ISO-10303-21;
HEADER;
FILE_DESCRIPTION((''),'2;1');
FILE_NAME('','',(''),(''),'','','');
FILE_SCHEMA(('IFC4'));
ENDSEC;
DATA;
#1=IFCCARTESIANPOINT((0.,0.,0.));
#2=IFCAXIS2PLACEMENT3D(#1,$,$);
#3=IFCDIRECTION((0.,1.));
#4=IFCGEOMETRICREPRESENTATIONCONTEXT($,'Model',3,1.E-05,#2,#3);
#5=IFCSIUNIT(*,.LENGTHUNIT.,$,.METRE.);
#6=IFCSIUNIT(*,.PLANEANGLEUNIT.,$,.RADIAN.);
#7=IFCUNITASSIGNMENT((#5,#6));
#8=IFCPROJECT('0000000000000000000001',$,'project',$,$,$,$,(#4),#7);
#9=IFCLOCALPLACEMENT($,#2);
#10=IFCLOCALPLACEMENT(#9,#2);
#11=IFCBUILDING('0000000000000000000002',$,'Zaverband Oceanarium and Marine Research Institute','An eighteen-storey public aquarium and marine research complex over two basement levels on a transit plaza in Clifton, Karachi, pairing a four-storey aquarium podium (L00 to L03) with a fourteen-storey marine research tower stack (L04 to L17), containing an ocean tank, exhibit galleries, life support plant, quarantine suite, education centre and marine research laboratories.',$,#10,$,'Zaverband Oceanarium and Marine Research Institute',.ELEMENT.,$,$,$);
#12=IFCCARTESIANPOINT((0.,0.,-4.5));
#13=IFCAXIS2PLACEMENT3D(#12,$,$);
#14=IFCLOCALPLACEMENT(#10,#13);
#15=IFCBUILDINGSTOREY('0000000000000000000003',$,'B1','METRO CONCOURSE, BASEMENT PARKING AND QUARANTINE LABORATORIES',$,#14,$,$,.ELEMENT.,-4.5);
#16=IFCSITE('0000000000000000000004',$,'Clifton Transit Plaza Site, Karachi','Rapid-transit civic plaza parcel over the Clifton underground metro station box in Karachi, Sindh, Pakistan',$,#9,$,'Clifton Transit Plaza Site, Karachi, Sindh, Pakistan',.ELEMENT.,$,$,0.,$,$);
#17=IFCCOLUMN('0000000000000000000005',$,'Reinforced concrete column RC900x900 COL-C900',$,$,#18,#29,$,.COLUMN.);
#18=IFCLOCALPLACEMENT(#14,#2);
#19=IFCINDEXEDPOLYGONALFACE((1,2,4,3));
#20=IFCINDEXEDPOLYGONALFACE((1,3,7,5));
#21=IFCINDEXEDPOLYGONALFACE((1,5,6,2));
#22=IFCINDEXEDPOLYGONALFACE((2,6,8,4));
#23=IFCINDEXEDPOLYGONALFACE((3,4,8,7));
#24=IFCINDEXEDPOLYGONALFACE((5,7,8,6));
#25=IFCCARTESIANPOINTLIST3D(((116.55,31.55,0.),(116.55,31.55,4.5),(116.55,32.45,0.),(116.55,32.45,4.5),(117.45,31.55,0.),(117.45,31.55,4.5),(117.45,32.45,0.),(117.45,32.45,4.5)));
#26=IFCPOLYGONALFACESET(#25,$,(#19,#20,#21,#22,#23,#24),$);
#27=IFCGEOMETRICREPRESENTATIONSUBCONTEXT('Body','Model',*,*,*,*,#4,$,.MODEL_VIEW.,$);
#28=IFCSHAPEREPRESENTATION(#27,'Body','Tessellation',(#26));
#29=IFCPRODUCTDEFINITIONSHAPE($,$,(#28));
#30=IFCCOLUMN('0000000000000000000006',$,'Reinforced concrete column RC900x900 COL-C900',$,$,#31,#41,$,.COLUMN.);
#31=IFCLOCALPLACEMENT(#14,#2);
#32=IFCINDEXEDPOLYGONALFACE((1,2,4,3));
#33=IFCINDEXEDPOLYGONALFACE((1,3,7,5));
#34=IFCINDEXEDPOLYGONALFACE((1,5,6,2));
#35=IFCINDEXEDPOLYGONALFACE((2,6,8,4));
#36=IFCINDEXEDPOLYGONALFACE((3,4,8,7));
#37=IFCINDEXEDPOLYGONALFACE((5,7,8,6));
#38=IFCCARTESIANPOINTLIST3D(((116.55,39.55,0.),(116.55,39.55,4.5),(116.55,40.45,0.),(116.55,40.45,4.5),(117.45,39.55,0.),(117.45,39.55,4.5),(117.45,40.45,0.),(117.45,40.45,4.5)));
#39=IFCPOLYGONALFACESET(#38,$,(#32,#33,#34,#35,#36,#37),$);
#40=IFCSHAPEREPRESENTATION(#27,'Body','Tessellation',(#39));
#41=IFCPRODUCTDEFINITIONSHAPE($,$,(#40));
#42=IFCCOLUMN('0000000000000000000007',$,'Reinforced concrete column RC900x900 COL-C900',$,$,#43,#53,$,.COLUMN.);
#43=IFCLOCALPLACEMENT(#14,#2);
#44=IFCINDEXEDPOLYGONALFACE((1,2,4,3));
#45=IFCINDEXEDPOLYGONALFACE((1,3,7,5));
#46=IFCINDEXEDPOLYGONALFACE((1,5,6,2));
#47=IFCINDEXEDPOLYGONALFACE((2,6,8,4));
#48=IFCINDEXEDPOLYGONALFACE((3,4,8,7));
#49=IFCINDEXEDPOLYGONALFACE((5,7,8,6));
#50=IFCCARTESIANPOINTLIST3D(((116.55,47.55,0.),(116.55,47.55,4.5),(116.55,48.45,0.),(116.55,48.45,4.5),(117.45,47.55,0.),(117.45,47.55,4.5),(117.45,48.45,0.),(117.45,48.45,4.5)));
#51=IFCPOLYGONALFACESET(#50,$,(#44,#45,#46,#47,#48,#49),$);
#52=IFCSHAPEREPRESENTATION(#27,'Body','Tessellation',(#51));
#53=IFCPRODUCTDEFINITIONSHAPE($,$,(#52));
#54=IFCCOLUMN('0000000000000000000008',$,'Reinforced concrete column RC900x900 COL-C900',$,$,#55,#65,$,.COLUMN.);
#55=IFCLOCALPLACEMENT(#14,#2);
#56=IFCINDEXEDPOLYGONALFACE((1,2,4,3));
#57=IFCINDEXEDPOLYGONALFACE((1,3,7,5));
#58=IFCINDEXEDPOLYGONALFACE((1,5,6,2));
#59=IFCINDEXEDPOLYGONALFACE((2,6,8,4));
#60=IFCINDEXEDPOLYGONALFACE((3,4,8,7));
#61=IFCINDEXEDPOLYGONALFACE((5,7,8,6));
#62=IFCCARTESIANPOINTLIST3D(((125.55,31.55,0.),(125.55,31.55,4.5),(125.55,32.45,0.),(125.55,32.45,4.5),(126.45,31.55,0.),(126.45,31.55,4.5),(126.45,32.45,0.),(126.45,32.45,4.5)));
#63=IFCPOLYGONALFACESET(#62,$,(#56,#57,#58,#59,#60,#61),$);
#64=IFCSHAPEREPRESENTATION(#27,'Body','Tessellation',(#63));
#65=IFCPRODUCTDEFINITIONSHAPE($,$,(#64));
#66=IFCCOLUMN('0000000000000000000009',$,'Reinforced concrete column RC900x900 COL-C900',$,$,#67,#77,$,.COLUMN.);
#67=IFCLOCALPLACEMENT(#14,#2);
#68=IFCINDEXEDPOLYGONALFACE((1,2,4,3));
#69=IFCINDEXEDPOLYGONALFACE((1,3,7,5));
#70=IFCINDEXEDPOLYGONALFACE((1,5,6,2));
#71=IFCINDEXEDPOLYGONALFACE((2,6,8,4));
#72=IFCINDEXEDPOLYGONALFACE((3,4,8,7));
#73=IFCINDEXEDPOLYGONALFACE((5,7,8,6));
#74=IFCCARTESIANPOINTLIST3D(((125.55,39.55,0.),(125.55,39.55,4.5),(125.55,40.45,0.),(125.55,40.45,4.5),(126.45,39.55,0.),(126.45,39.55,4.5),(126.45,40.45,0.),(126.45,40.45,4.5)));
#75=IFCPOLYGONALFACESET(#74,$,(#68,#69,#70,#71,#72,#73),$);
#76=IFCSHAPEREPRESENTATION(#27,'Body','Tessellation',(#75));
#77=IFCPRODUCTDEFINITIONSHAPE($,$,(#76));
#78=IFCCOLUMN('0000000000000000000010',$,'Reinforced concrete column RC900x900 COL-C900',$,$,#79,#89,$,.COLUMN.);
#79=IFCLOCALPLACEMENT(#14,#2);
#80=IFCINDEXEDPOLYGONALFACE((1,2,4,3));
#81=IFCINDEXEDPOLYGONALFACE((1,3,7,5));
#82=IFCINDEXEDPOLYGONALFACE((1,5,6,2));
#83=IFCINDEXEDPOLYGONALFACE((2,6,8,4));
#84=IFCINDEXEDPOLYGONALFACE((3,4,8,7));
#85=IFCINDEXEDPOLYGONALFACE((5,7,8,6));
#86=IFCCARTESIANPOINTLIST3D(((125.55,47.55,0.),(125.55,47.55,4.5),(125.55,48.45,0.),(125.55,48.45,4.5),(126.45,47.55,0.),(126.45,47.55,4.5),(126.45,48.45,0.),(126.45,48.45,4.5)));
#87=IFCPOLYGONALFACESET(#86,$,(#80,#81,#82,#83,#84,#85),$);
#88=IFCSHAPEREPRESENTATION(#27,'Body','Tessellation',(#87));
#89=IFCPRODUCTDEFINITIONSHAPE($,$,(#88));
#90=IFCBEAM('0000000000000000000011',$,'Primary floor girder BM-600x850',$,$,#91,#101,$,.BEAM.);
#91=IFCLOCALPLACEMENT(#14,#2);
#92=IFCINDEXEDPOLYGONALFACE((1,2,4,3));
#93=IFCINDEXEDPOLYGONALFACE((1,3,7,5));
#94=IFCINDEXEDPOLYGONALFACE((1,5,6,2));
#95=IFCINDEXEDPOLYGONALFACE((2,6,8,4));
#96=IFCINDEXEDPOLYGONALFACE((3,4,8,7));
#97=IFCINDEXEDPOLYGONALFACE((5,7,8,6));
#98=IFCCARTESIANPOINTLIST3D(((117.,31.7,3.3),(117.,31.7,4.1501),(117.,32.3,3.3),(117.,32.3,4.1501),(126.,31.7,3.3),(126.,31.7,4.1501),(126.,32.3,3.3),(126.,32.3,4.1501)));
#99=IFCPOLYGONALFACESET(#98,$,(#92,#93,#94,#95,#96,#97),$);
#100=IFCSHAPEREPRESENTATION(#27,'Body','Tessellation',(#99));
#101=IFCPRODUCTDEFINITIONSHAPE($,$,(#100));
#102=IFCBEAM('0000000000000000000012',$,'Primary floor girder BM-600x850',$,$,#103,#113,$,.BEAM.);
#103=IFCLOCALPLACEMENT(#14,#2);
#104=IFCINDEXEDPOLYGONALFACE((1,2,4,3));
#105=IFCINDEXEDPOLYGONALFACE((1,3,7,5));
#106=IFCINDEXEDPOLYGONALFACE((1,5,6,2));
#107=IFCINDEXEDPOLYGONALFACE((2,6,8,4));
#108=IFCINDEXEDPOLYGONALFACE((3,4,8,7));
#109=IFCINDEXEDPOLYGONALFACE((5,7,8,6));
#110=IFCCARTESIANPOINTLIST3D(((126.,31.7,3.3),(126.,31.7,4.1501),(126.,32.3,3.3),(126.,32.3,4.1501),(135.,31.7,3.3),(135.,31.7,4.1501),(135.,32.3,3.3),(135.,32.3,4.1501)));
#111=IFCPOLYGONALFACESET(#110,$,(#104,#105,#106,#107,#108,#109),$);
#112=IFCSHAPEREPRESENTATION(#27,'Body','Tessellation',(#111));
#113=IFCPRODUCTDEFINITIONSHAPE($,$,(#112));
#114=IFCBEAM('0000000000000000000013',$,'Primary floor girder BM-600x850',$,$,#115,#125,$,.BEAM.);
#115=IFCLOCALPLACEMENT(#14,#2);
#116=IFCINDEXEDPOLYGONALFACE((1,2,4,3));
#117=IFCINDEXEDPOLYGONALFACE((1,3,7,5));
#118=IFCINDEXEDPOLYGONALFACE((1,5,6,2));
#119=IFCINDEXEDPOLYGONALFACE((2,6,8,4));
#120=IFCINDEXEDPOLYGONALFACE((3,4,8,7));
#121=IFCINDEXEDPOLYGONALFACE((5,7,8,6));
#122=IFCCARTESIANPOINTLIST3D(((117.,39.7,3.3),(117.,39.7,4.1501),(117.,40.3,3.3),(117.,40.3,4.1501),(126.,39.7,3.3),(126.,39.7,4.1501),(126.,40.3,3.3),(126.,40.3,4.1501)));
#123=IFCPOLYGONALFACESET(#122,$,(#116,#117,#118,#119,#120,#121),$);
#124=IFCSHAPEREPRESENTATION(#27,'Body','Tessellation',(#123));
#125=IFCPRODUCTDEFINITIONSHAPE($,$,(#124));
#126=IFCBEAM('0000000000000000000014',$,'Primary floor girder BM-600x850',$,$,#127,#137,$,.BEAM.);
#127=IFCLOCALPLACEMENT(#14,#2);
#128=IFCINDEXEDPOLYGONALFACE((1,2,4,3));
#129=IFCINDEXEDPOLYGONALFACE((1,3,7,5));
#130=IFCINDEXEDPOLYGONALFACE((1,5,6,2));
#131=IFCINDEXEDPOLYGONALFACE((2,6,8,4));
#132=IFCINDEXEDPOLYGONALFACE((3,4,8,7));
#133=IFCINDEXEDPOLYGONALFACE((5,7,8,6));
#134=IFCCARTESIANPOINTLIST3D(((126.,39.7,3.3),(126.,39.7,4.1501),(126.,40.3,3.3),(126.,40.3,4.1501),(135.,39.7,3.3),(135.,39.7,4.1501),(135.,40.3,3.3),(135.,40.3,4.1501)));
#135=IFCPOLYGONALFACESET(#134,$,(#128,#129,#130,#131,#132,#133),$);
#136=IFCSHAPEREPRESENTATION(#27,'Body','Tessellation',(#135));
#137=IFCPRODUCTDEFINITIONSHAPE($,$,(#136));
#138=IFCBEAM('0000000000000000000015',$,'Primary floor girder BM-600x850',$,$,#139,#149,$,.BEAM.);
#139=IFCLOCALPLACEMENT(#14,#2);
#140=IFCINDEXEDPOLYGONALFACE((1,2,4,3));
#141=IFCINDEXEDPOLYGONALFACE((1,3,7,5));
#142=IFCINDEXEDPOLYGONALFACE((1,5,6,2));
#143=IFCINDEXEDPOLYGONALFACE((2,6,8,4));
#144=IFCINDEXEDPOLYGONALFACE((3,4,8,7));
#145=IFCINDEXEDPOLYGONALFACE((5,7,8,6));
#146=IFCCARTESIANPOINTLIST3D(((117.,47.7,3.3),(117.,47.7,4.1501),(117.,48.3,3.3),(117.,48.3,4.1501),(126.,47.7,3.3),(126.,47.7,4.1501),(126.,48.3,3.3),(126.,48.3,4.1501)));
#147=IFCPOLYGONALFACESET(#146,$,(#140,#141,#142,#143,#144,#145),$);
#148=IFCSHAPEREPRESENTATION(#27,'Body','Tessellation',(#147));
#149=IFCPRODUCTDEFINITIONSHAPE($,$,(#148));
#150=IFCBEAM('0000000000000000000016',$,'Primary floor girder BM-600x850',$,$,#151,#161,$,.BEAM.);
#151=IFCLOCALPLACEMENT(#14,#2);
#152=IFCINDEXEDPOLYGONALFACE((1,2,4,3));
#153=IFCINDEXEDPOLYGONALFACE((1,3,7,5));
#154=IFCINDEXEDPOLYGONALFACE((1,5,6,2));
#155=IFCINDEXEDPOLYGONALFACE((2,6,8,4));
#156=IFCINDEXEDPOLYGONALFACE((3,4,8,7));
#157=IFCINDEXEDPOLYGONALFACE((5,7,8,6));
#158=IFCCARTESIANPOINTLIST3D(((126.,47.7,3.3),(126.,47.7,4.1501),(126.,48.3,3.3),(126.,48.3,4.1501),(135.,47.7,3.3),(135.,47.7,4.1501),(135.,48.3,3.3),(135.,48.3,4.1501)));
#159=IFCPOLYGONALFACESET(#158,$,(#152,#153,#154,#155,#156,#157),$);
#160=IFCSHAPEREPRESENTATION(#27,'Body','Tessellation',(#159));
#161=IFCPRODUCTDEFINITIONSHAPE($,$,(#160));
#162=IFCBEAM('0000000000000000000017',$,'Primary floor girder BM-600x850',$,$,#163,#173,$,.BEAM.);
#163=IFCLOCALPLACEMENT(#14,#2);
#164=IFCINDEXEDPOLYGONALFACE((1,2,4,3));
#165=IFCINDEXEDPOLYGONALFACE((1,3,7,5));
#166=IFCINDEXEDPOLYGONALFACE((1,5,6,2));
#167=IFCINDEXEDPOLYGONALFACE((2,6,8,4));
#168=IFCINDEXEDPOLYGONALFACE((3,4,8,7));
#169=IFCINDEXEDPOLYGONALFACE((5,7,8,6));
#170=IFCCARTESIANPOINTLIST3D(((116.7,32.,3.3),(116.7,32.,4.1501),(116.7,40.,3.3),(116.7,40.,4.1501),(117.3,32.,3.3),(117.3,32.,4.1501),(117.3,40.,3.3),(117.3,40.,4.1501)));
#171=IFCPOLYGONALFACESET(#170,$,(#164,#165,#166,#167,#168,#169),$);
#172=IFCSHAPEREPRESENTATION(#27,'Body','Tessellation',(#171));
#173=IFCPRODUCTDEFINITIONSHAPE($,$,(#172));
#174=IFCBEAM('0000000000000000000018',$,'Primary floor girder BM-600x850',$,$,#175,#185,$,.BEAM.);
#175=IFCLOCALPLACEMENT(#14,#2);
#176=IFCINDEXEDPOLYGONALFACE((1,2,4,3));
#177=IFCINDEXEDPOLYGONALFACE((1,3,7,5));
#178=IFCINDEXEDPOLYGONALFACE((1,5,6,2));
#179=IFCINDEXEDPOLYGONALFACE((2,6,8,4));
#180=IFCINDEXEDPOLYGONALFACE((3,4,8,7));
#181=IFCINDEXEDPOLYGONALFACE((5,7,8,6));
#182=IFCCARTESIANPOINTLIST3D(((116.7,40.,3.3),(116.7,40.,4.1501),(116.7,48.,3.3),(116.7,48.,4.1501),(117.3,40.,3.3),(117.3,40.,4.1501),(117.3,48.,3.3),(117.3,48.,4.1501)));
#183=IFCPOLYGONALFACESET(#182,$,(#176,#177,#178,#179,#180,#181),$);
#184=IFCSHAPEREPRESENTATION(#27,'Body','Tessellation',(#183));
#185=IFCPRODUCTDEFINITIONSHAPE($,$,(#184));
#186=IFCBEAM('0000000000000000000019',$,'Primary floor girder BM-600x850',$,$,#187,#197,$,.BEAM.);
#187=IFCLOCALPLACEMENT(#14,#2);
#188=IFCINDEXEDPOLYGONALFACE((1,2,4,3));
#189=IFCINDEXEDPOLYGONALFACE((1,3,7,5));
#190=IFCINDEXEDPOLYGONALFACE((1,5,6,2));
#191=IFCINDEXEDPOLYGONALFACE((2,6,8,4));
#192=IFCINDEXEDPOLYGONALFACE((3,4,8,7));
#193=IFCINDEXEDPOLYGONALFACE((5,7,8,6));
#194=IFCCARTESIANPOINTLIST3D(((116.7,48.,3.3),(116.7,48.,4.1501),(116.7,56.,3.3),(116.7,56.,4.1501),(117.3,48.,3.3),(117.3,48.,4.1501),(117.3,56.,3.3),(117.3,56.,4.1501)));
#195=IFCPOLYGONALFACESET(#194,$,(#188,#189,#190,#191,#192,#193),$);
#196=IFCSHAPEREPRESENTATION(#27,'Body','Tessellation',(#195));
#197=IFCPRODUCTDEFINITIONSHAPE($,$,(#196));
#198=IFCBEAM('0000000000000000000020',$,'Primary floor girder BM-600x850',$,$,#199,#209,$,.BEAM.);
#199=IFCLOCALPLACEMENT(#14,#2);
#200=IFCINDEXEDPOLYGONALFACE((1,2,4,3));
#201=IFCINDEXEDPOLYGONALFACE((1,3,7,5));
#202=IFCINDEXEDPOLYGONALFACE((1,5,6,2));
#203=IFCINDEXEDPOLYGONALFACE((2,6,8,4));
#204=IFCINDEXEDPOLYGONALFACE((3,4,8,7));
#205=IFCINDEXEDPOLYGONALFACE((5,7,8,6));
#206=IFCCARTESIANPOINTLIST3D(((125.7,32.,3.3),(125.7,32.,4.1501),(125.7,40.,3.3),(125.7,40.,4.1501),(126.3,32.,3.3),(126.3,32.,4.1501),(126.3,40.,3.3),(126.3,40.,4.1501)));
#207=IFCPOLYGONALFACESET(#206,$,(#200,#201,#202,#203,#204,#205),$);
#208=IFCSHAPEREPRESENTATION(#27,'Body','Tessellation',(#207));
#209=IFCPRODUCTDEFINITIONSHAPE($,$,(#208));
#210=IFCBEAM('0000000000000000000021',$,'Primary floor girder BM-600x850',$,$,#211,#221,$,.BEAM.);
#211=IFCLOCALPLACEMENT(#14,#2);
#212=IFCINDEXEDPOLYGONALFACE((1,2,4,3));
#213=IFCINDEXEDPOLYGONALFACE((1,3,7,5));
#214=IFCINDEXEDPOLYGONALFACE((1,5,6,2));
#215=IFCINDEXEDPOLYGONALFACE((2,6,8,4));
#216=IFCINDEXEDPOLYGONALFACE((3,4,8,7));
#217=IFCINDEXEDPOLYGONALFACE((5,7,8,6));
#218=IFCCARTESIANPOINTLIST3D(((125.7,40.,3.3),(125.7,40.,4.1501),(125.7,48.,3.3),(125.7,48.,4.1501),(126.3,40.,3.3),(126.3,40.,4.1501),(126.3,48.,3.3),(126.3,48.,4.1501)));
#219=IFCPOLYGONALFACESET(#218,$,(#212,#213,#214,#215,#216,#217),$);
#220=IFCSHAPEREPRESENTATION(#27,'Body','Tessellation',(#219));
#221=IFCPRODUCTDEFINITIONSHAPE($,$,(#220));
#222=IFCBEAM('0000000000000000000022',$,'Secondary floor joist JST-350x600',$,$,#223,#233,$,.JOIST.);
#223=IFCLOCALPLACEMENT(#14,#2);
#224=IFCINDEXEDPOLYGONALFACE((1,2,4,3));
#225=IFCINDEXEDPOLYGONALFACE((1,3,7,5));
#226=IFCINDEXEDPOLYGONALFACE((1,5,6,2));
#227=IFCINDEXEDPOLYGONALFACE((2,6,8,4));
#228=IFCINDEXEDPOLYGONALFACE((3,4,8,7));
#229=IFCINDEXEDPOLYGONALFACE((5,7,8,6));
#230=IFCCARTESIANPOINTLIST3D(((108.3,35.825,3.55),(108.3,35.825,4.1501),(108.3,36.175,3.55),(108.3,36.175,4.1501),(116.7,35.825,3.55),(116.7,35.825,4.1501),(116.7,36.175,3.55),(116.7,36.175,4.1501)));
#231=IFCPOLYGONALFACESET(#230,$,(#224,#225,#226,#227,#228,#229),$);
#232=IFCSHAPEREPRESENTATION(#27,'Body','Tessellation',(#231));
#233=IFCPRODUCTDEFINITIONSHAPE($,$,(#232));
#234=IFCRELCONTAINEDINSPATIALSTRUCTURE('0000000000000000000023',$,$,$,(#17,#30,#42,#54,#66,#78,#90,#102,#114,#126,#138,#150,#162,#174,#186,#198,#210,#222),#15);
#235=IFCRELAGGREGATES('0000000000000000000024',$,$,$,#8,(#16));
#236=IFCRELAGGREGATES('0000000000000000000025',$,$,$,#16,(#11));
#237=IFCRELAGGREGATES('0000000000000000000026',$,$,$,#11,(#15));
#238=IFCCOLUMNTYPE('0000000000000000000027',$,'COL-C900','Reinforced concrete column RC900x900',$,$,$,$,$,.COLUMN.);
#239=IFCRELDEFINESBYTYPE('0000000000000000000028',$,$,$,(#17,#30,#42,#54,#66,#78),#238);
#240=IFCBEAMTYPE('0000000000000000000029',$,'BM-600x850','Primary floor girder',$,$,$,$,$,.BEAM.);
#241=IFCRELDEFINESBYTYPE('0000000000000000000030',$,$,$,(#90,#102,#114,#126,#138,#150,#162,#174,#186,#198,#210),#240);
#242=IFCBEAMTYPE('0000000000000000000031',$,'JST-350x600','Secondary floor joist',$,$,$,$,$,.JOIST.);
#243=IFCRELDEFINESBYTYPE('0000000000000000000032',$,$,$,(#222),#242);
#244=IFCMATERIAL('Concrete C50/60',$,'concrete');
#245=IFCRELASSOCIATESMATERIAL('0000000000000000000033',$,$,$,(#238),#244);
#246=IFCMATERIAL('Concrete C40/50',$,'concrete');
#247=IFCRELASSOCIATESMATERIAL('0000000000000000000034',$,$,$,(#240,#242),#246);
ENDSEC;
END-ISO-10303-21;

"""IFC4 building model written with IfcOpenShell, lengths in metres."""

from ifc_helpers import new_model, si_unit, direction, frame, origin, origin_2d, place, context, subcontext, project, spatial, rectangle, extrude, material, material_profile, profile_set, type_object, element, save


model = new_model("IFC4")

# Units and contexts
model_context = context("Model", 3, precision=1e-05, world=origin(), true_north=direction((0.0, 1.0)))
body_context = subcontext(model_context, "Body", "Model", "MODEL_VIEW")
ifc_project = project(units=[si_unit("LENGTHUNIT", "METRE"), si_unit("PLANEANGLEUNIT", "RADIAN")], contexts=[model_context])

# Site, building, storey
site_placement = place(None, origin())
site = spatial("IfcSite", under=ifc_project, at=site_placement, Name="Clifton Transit Plaza Site, Karachi", Description="Rapid-transit civic plaza parcel over the Clifton underground metro station box in Karachi, Sindh, Pakistan", LongName="Clifton Transit Plaza Site, Karachi, Sindh, Pakistan", CompositionType="ELEMENT", RefElevation=0.0)
building_placement = place(site_placement, origin())
building = spatial("IfcBuilding", under=site, at=building_placement, Name="Zaverband Oceanarium and Marine Research Institute", Description="An eighteen-storey public aquarium and marine research complex over two basement levels on a transit plaza in Clifton, Karachi, pairing a four-storey aquarium podium (L00 to L03) with a fourteen-storey marine research tower stack (L04 to L17), containing an ocean tank, exhibit galleries, life support plant, quarantine suite, education centre and marine research laboratories.", LongName="Zaverband Oceanarium and Marine Research Institute", CompositionType="ELEMENT")
storey_placement = place(building_placement, frame((0.0, 0.0, -4.5)))
storey = spatial("IfcBuildingStorey", under=building, at=storey_placement, Name="B1", Description="METRO CONCOURSE, BASEMENT PARKING AND QUARANTINE LABORATORIES", CompositionType="ELEMENT", Elevation=-4.5)

# Columns
ifc_material_1 = material(Name="Concrete C50/60", Category="concrete")
ifc_material_profile_1 = material_profile(ifc_material_1, rectangle(XDim=0.8999, YDim=0.8999, at=origin_2d()), Name="RC900x900")
ifc_profile_set_1 = profile_set([ifc_material_profile_1], Name="Concrete C50/60")
column_type = type_object("IfcColumnType", Name="COL-C900", Description="Reinforced concrete column RC900x900", PredefinedType="COLUMN", material=ifc_profile_set_1)
for number, where, z_axis, x_axis, name in (
    (1, (117.0, 32.0, 0.0), (0.0, 0.0, 1.0), (1.0, 0.0, 0.0), "Reinforced concrete column RC900x900 COL-C900"),
    (2, (117.0, 40.0, 0.0), (0.0, 0.0, 1.0), (1.0, 0.0, 0.0), "Reinforced concrete column RC900x900 COL-C900"),
    (3, (117.0, 48.0, 0.0), (0.0, 0.0, 1.0), (1.0, 0.0, 0.0), "Reinforced concrete column RC900x900 COL-C900"),
    (4, (126.0, 32.0, 0.0), (0.0, 0.0, 1.0), (1.0, 0.0, 0.0), "Reinforced concrete column RC900x900 COL-C900"),
    (5, (126.0, 40.0, 0.0), (0.0, 0.0, 1.0), (1.0, 0.0, 0.0), "Reinforced concrete column RC900x900 COL-C900"),
    (6, (126.0, 48.0, 0.0), (0.0, 0.0, 1.0), (1.0, 0.0, 0.0), "Reinforced concrete column RC900x900 COL-C900"),
):
    element("IfcColumn", number, at=place(storey_placement, frame(where, z_axis=z_axis, x_axis=x_axis)), inside=storey, type_object=column_type, Name=name, PredefinedType="COLUMN", context=body_context, shape_type="SweptSolid", body=[
        extrude(rectangle(XDim=0.8999, YDim=0.8999, at=origin_2d()), origin(), (0.0, 0.0, 1.0), 4.5),
    ])

# Beams
ifc_material_2 = material(Name="Concrete C40/50", Category="concrete")
ifc_material_profile_2 = material_profile(ifc_material_2, rectangle(XDim=0.6001, YDim=0.8501, at=origin_2d()), Name="RC600x850")
ifc_profile_set_2 = profile_set([ifc_material_profile_2], Name="Concrete C40/50")
beam_type_1 = type_object("IfcBeamType", Name="BM-600x850", Description="Primary floor girder", PredefinedType="BEAM", material=ifc_profile_set_2)
for number, where, z_axis, x_axis, name in (
    (7, (117.0, 32.0, 3.7251), (1.0, 0.0, 0.0), (0.0, 1.0, 0.0), "Primary floor girder BM-600x850"),
    (8, (126.0, 32.0, 3.7251), (1.0, 0.0, 0.0), (0.0, 1.0, 0.0), "Primary floor girder BM-600x850"),
    (9, (117.0, 40.0, 3.7251), (1.0, 0.0, 0.0), (0.0, 1.0, 0.0), "Primary floor girder BM-600x850"),
    (10, (126.0, 40.0, 3.7251), (1.0, 0.0, 0.0), (0.0, 1.0, 0.0), "Primary floor girder BM-600x850"),
    (11, (117.0, 48.0, 3.7251), (1.0, 0.0, 0.0), (0.0, 1.0, 0.0), "Primary floor girder BM-600x850"),
    (12, (126.0, 48.0, 3.7251), (1.0, 0.0, 0.0), (0.0, 1.0, 0.0), "Primary floor girder BM-600x850"),
):
    element("IfcBeam", number, at=place(storey_placement, frame(where, z_axis=z_axis, x_axis=x_axis)), inside=storey, type_object=beam_type_1, Name=name, PredefinedType="BEAM", context=body_context, shape_type="SweptSolid", body=[
        extrude(rectangle(XDim=0.6001, YDim=0.8501, at=origin_2d()), origin(), (0.0, 0.0, 1.0), 9.0),
    ])
for number, where, z_axis, x_axis, name in (
    (13, (117.0, 32.0, 3.7251), (0.0, 1.0, 0.0), (-1.0, 0.0, 0.0), "Primary floor girder BM-600x850"),
    (14, (117.0, 40.0, 3.7251), (0.0, 1.0, 0.0), (-1.0, 0.0, 0.0), "Primary floor girder BM-600x850"),
    (15, (117.0, 48.0, 3.7251), (0.0, 1.0, 0.0), (-1.0, 0.0, 0.0), "Primary floor girder BM-600x850"),
    (16, (126.0, 32.0, 3.7251), (0.0, 1.0, 0.0), (-1.0, 0.0, 0.0), "Primary floor girder BM-600x850"),
    (17, (126.0, 40.0, 3.7251), (0.0, 1.0, 0.0), (-1.0, 0.0, 0.0), "Primary floor girder BM-600x850"),
):
    element("IfcBeam", number, at=place(storey_placement, frame(where, z_axis=z_axis, x_axis=x_axis)), inside=storey, type_object=beam_type_1, Name=name, PredefinedType="BEAM", context=body_context, shape_type="SweptSolid", body=[
        extrude(rectangle(XDim=0.6001, YDim=0.8501, at=origin_2d()), origin(), (0.0, 0.0, 1.0), 8.0),
    ])
ifc_material_profile_3 = material_profile(ifc_material_2, rectangle(XDim=0.3501, YDim=0.6001, at=origin_2d()), Name="RC350x600")
ifc_profile_set_3 = profile_set([ifc_material_profile_3], Name="Concrete C40/50")
beam_type_2 = type_object("IfcBeamType", Name="JST-350x600", Description="Secondary floor joist", PredefinedType="JOIST", material=ifc_profile_set_3)
for number, where, z_axis, x_axis, name in (
    (18, (108.3, 36.0, 3.8501), (1.0, 0.0, 0.0), (0.0, 1.0, 0.0), "Secondary floor joist JST-350x600"),
):
    element("IfcBeam", number, at=place(storey_placement, frame(where, z_axis=z_axis, x_axis=x_axis)), inside=storey, type_object=beam_type_2, Name=name, PredefinedType="JOIST", context=body_context, shape_type="SweptSolid", body=[
        extrude(rectangle(XDim=0.3501, YDim=0.6001, at=origin_2d()), origin(), (0.0, 0.0, 1.0), 8.3999),
    ])

save(model, "model.ifc")
